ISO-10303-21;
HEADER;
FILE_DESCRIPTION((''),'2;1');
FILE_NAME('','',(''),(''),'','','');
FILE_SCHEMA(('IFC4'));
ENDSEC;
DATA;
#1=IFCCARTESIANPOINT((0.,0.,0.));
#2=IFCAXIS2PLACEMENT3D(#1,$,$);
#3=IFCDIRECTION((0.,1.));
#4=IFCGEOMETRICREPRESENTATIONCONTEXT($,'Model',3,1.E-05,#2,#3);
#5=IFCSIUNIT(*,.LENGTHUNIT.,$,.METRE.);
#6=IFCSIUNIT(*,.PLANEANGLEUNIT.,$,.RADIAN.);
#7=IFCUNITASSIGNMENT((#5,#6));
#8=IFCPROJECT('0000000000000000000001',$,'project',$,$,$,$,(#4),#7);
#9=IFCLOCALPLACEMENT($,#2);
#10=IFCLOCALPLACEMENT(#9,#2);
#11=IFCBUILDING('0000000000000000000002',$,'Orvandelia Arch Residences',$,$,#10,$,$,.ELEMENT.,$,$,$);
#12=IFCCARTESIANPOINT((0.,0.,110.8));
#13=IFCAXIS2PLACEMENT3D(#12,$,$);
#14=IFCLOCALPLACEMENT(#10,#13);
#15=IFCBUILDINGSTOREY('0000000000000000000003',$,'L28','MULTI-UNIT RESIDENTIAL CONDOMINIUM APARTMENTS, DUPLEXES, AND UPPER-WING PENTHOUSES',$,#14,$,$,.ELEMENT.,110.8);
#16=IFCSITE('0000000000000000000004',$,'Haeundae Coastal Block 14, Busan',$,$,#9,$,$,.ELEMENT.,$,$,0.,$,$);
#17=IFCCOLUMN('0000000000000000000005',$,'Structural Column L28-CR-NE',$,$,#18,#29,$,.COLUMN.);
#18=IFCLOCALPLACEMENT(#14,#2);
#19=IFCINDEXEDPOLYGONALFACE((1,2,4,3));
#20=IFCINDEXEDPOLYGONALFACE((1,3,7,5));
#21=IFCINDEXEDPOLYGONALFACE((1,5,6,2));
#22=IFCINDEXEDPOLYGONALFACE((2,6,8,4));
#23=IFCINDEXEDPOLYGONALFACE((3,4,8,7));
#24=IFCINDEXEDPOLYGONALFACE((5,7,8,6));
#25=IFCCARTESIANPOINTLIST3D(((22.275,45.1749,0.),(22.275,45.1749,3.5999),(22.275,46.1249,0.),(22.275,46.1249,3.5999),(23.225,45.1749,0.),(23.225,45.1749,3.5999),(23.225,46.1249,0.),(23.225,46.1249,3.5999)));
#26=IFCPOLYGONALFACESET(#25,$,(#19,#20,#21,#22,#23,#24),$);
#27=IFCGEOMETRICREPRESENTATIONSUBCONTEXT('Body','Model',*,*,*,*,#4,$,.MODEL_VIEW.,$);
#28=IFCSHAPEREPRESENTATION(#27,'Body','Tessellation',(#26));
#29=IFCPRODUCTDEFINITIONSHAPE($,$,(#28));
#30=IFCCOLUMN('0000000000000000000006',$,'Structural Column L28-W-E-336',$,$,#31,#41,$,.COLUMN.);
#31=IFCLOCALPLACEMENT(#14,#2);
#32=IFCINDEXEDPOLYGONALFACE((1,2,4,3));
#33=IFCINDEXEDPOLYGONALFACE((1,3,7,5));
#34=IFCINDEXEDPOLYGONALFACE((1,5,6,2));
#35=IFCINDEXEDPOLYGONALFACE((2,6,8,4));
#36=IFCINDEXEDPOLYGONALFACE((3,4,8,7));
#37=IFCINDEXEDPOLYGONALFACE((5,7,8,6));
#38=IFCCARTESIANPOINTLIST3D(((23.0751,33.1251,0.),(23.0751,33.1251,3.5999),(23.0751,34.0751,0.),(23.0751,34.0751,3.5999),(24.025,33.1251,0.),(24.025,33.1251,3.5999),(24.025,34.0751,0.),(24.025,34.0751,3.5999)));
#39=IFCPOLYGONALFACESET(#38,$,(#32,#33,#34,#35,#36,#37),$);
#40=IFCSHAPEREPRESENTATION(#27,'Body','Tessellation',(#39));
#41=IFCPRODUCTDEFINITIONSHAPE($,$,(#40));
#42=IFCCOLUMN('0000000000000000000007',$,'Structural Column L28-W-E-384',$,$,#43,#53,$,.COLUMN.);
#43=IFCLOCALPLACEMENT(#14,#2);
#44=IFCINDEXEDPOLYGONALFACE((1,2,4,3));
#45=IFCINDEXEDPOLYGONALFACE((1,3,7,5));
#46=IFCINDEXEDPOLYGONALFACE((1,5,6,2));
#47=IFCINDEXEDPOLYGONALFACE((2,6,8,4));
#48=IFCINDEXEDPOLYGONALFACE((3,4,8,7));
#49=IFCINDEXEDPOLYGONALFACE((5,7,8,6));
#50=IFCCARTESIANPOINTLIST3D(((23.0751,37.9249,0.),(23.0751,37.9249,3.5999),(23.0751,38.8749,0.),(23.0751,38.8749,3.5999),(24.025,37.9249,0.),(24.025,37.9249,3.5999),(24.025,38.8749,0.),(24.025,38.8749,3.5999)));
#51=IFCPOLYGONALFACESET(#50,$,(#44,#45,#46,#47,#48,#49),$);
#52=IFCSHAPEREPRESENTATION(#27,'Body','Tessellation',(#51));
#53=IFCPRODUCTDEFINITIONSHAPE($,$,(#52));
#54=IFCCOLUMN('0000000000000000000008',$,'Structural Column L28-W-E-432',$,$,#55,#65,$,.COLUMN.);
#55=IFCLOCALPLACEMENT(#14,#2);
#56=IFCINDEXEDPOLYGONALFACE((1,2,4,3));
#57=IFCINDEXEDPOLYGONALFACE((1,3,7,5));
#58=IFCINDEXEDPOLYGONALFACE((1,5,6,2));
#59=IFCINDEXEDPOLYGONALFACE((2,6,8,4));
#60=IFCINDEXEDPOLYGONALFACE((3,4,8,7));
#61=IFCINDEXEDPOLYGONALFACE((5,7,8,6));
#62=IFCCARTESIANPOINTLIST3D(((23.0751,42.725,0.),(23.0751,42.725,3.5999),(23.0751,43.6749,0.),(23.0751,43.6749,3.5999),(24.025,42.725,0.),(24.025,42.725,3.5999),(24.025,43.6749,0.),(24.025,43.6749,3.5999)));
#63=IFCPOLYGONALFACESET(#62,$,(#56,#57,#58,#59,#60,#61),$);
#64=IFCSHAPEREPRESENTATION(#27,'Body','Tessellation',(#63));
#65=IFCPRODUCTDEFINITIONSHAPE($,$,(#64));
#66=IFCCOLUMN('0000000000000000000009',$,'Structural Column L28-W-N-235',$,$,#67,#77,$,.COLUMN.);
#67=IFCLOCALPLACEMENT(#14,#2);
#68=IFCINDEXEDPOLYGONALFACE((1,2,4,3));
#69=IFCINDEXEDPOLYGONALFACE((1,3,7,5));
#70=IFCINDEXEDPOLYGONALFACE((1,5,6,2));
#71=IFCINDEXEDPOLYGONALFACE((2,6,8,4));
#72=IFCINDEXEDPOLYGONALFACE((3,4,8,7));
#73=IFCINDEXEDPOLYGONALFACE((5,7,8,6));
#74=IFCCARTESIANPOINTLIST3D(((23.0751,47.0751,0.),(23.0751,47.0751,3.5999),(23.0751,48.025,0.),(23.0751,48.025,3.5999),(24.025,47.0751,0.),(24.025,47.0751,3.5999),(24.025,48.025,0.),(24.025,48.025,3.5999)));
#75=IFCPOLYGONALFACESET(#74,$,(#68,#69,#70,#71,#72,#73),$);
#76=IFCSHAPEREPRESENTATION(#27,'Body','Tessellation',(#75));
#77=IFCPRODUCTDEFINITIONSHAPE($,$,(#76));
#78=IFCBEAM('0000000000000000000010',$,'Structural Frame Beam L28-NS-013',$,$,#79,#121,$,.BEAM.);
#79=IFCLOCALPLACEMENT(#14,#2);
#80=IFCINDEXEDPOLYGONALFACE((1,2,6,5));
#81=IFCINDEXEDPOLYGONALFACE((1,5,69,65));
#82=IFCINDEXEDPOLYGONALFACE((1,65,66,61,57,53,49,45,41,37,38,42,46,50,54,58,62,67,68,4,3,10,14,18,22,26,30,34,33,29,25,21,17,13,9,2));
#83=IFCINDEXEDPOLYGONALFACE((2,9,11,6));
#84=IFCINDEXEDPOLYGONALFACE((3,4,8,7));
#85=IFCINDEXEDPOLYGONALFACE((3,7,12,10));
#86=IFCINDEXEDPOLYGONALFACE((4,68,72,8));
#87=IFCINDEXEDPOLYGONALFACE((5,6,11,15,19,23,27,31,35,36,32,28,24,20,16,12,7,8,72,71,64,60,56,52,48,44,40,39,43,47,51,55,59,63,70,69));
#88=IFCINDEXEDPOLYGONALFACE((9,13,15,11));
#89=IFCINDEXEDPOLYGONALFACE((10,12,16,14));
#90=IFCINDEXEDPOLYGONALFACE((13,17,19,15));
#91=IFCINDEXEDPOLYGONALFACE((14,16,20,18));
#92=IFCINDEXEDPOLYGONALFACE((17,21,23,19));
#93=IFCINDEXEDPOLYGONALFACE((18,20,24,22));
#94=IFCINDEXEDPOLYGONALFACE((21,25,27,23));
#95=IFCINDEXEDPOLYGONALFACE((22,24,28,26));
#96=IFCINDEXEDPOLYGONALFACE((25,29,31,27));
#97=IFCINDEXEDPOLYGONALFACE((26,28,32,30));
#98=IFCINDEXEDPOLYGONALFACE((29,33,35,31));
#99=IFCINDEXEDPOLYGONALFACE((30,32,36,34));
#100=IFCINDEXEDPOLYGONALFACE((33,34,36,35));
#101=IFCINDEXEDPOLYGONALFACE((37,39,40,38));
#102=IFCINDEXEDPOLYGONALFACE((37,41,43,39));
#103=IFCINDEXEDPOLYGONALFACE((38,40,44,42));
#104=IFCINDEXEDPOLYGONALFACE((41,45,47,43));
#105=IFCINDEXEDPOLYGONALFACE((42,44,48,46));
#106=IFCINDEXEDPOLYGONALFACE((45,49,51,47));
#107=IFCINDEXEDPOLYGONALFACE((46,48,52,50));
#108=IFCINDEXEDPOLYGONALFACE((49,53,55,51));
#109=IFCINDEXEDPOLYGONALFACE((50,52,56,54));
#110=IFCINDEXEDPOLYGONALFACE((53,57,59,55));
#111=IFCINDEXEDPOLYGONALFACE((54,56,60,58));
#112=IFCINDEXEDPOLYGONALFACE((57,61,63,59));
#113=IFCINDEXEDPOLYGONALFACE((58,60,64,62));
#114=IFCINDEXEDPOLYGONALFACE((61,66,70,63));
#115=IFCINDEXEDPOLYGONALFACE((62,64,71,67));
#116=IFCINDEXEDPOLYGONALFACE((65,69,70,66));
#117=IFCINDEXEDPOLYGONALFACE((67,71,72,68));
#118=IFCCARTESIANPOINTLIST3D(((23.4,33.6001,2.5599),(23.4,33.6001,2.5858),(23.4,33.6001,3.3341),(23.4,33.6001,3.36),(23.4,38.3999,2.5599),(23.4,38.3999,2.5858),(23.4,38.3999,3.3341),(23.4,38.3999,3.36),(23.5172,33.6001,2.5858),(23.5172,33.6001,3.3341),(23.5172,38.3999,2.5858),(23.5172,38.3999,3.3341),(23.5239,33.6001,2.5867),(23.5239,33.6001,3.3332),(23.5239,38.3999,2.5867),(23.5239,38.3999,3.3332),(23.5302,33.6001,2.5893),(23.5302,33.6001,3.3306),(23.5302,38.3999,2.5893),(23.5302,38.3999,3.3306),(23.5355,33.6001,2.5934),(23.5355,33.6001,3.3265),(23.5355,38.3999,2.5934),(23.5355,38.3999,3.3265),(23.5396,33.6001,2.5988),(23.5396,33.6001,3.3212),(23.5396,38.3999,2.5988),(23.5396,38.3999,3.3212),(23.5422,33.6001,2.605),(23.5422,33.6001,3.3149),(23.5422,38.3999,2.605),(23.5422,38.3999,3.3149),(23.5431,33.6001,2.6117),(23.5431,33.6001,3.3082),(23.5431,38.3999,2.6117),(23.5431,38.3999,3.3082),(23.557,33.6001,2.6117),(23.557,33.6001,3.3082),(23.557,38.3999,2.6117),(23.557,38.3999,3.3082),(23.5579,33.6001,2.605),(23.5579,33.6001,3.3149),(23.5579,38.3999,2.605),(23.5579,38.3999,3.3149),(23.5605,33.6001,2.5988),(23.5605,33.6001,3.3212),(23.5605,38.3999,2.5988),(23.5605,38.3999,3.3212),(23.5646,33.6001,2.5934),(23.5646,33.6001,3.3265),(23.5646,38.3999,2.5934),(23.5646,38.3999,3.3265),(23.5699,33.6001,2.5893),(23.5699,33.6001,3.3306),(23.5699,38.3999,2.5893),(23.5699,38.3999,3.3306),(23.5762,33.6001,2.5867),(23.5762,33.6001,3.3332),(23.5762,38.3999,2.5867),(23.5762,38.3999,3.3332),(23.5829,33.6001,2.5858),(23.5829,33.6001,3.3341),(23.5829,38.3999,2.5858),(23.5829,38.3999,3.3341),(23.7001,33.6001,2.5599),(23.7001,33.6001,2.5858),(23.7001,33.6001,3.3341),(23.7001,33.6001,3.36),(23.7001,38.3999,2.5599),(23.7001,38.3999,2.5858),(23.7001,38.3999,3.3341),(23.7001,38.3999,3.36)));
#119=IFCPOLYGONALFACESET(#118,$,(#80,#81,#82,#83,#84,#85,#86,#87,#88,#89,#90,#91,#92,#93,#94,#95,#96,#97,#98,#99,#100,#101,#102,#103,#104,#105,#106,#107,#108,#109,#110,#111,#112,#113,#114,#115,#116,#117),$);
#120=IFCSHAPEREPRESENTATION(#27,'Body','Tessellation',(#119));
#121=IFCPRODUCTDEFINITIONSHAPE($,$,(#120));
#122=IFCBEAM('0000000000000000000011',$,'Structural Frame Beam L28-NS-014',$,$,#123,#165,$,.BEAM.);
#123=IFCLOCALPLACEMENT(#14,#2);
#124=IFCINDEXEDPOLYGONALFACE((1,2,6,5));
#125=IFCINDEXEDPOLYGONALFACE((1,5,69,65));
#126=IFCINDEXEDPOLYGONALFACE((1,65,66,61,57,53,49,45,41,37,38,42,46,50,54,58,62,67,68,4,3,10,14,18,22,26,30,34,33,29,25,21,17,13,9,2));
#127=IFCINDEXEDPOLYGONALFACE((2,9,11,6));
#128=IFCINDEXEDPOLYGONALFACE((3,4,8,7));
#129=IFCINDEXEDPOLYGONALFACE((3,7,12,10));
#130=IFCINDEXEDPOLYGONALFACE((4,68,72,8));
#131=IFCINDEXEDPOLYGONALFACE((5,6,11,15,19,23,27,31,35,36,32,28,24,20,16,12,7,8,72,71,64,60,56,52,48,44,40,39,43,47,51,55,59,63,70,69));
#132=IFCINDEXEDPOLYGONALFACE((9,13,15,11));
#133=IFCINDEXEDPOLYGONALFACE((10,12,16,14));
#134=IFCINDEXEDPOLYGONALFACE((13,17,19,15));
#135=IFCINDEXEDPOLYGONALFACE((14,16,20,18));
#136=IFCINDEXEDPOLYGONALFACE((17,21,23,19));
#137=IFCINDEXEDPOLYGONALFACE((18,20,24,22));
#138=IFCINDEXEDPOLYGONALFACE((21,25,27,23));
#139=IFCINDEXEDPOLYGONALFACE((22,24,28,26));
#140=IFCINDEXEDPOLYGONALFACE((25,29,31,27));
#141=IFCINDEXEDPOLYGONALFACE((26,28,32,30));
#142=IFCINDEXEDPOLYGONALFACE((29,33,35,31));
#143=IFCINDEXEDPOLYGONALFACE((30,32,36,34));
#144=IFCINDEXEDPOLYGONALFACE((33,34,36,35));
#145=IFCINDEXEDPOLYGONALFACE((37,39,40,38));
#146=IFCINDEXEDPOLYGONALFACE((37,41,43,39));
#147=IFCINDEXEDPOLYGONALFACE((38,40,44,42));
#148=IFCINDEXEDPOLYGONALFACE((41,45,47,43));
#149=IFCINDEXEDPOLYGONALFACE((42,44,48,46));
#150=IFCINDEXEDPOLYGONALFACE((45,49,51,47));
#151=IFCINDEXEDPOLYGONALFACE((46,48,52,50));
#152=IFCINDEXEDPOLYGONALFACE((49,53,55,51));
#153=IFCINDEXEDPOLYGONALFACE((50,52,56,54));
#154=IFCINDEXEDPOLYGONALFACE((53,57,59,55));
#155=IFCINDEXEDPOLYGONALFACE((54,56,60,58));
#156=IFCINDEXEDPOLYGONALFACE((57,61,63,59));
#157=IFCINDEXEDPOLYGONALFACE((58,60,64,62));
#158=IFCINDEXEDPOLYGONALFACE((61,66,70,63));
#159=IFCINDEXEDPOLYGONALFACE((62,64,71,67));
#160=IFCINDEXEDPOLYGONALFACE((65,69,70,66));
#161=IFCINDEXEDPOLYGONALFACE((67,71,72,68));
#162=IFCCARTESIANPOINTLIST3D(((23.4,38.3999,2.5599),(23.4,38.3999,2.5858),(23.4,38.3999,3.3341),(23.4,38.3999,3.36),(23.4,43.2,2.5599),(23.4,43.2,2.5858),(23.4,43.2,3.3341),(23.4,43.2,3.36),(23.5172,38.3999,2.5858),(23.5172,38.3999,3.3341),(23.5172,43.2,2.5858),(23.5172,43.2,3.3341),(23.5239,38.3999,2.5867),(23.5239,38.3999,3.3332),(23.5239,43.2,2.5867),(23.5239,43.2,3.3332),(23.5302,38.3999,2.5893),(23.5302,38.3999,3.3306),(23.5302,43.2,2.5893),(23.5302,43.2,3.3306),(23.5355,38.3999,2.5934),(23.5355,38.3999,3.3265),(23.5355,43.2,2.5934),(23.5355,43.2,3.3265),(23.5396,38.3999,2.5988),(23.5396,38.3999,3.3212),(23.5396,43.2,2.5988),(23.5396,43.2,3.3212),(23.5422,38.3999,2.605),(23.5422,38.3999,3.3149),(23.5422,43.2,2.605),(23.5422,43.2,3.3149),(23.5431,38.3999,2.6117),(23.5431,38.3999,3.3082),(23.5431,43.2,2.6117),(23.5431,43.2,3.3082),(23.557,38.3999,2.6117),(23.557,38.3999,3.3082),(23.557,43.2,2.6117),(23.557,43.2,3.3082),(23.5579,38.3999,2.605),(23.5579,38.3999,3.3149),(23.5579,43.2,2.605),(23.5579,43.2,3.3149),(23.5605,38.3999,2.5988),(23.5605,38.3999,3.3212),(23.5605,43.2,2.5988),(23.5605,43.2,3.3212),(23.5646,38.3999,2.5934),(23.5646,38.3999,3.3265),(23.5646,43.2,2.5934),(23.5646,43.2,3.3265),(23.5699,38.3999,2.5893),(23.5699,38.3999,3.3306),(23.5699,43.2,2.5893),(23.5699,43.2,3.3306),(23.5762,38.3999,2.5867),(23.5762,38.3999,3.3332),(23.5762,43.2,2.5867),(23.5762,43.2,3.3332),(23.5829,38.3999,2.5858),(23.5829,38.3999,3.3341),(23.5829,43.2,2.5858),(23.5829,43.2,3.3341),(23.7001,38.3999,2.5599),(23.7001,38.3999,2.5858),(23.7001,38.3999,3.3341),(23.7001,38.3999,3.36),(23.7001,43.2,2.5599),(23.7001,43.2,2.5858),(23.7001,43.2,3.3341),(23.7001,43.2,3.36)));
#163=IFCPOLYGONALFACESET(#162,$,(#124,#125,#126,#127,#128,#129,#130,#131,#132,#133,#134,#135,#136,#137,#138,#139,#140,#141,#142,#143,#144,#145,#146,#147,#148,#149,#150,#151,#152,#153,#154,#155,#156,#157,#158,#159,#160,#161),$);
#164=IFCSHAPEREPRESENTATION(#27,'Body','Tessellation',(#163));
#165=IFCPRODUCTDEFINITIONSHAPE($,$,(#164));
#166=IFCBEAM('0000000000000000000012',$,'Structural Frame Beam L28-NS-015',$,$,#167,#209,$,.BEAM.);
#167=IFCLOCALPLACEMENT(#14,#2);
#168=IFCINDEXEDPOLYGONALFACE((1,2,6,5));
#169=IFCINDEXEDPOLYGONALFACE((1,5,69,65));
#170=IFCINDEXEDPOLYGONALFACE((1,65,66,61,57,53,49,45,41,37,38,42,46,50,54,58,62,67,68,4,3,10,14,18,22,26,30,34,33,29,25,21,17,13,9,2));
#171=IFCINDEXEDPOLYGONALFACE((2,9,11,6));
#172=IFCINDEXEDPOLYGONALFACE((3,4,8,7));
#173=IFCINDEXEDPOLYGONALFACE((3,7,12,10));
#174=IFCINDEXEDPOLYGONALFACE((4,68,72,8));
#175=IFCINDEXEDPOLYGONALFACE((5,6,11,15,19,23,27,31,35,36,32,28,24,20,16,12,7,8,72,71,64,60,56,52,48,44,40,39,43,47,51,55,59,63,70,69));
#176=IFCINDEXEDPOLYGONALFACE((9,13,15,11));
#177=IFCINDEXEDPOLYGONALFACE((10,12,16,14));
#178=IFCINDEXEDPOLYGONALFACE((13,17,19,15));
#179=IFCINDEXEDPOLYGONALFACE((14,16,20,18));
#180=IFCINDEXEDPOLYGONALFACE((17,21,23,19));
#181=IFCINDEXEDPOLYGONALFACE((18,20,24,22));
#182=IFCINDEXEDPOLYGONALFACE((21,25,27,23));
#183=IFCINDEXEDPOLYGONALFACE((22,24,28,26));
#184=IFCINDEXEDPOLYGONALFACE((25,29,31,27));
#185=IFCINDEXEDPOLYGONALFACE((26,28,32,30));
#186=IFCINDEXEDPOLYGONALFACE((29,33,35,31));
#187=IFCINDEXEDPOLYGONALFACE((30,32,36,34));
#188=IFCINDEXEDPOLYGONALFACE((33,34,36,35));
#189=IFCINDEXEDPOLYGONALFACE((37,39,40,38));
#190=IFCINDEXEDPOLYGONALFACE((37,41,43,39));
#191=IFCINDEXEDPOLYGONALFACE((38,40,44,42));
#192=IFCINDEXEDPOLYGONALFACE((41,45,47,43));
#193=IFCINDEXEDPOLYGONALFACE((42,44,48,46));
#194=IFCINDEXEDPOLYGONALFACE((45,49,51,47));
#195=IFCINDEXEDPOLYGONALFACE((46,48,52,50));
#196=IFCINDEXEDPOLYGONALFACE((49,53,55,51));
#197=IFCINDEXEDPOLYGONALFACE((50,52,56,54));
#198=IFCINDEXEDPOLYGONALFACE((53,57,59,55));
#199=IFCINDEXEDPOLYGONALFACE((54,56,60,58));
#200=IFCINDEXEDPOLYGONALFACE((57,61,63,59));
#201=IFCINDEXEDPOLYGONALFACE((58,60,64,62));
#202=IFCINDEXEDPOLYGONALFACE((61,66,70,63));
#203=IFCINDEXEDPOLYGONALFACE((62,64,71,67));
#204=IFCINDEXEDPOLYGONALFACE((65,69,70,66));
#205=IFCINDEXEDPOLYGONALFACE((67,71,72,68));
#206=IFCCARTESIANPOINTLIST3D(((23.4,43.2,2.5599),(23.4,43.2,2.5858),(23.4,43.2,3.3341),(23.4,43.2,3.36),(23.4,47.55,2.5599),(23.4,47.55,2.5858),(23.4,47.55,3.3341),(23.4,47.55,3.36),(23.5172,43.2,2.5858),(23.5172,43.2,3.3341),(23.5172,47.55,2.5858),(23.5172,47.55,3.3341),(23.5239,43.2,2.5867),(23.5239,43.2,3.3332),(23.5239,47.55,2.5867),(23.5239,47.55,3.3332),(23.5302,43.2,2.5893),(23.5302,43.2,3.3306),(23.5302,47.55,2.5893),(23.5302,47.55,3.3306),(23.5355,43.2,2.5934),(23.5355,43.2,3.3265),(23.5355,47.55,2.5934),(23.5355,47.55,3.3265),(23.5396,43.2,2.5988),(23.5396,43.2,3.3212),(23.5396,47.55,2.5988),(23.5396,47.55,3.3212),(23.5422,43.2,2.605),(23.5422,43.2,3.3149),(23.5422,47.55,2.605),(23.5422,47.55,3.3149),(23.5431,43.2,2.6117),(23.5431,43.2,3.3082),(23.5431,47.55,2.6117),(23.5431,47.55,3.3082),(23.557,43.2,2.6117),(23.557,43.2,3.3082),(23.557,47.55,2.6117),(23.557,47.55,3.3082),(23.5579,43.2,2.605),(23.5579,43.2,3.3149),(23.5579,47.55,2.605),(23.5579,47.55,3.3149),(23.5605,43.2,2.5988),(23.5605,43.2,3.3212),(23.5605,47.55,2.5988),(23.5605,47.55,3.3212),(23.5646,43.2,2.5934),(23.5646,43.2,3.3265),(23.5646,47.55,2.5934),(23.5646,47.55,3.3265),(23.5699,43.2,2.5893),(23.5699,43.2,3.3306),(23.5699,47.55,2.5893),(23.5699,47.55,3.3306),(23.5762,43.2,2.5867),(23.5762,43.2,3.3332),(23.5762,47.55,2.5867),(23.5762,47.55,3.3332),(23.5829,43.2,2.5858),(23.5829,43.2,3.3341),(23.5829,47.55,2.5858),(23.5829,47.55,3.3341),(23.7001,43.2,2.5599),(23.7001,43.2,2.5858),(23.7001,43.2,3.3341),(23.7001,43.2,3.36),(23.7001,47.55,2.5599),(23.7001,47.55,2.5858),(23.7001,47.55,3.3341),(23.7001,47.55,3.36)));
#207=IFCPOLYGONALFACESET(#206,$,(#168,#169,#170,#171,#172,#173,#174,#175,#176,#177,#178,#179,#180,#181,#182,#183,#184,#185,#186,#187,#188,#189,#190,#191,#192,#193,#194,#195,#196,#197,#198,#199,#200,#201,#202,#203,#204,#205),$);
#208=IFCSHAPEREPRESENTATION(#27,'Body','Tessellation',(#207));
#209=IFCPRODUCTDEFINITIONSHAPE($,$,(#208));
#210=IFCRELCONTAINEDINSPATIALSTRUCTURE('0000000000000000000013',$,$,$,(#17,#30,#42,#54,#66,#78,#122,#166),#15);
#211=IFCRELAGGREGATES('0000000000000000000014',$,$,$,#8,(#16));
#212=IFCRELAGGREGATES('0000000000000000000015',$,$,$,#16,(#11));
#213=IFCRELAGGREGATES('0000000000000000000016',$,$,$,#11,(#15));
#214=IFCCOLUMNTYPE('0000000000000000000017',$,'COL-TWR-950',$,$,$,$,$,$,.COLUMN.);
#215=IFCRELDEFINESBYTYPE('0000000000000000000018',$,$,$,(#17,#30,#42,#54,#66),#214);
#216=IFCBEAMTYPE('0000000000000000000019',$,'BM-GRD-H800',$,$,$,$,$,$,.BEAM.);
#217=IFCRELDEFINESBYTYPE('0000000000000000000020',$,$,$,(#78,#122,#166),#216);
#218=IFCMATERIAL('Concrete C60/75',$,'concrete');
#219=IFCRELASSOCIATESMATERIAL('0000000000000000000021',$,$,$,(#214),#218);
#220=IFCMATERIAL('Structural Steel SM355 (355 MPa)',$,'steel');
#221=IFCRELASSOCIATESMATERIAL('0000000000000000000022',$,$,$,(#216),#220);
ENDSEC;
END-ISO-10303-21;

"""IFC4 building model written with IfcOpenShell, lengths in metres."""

from ifc_helpers import new_model, si_unit, direction, frame, origin, origin_2d, place, context, subcontext, project, spatial, rectangle, i_section, extrude, material, material_profile, profile_set, type_object, element, save


model = new_model("IFC4")

# Units and contexts
model_context = context("Model", 3, precision=1e-05, world=origin(), true_north=direction((0.0, 1.0)))
body_context = subcontext(model_context, "Body", "Model", "MODEL_VIEW")
ifc_project = project(units=[si_unit("LENGTHUNIT", "METRE"), si_unit("PLANEANGLEUNIT", "RADIAN")], contexts=[model_context])

# Site, building, storey
site_placement = place(None, origin())
site = spatial("IfcSite", under=ifc_project, at=site_placement, Name="Haeundae Coastal Block 14, Busan", CompositionType="ELEMENT", RefElevation=0.0)
building_placement = place(site_placement, origin())
building = spatial("IfcBuilding", under=site, at=building_placement, Name="Orvandelia Arch Residences", CompositionType="ELEMENT")
storey_placement = place(building_placement, frame((0.0, 0.0, 110.8)))
storey = spatial("IfcBuildingStorey", under=building, at=storey_placement, Name="L28", Description="MULTI-UNIT RESIDENTIAL CONDOMINIUM APARTMENTS, DUPLEXES, AND UPPER-WING PENTHOUSES", CompositionType="ELEMENT", Elevation=110.8)

# Columns
ifc_material_1 = material(Name="Concrete C60/75", Category="concrete")
ifc_material_profile_1 = material_profile(ifc_material_1, rectangle(XDim=0.95, YDim=0.95, at=origin_2d()), Name="Concrete C60/75", Category="concrete")
ifc_profile_set_1 = profile_set([ifc_material_profile_1], Name="Concrete C60/75")
column_type = type_object("IfcColumnType", Name="COL-TWR-950", PredefinedType="COLUMN", material=ifc_profile_set_1)
for number, where, z_axis, x_axis, name in (
    (1, (22.75, 45.6499, 0.0), (0.0, 0.0, 1.0), (1.0, 0.0, 0.0), "Structural Column L28-CR-NE"),
    (2, (23.55, 33.6001, 0.0), (0.0, 0.0, 1.0), (1.0, 0.0, 0.0), "Structural Column L28-W-E-336"),
    (3, (23.55, 38.3999, 0.0), (0.0, 0.0, 1.0), (1.0, 0.0, 0.0), "Structural Column L28-W-E-384"),
    (4, (23.55, 43.2, 0.0), (0.0, 0.0, 1.0), (1.0, 0.0, 0.0), "Structural Column L28-W-E-432"),
    (5, (23.55, 47.55, 0.0), (0.0, 0.0, 1.0), (1.0, 0.0, 0.0), "Structural Column L28-W-N-235"),
):
    element("IfcColumn", number, at=place(storey_placement, frame(where, z_axis=z_axis, x_axis=x_axis)), inside=storey, type_object=column_type, Name=name, PredefinedType="COLUMN", context=body_context, shape_type="SweptSolid", body=[
        extrude(rectangle(XDim=0.95, YDim=0.95, at=origin_2d()), origin(), (0.0, 0.0, 1.0), 3.5999),
    ])

# Beams
ifc_material_2 = material(Name="Structural Steel SM355 (355 MPa)", Category="steel")
ifc_material_profile_2 = material_profile(ifc_material_2, i_section(OverallWidth=0.3, OverallDepth=0.8, WebThickness=0.0139, FlangeThickness=0.0259, FilletRadius=0.0259, at=origin_2d()), Name="Structural Steel SM355 (355 MPa)", Category="steel")
ifc_profile_set_2 = profile_set([ifc_material_profile_2], Name="Structural Steel SM355 (355 MPa)")
beam_type = type_object("IfcBeamType", Name="BM-GRD-H800", PredefinedType="BEAM", material=ifc_profile_set_2)
beam_1_placement = place(storey_placement, frame((23.55, 33.6001, 2.96), z_axis=(0.0, 1.0, 0.0), x_axis=(-1.0, 0.0, 0.0)))
element("IfcBeam", 6, at=beam_1_placement, inside=storey, type_object=beam_type, Name="Structural Frame Beam L28-NS-013", PredefinedType="BEAM", context=body_context, shape_type="SweptSolid", body=[
    extrude(i_section(OverallWidth=0.3, OverallDepth=0.8, WebThickness=0.0139, FlangeThickness=0.0259, FilletRadius=0.0259, at=origin_2d()), origin(), (0.0, 0.0, 1.0), 4.7998),
])
beam_2_placement = place(storey_placement, frame((23.55, 38.3999, 2.96), z_axis=(0.0, 1.0, 0.0), x_axis=(-1.0, 0.0, 0.0)))
element("IfcBeam", 7, at=beam_2_placement, inside=storey, type_object=beam_type, Name="Structural Frame Beam L28-NS-014", PredefinedType="BEAM", context=body_context, shape_type="SweptSolid", body=[
    extrude(i_section(OverallWidth=0.3, OverallDepth=0.8, WebThickness=0.0139, FlangeThickness=0.0259, FilletRadius=0.0259, at=origin_2d()), origin(), (0.0, 0.0, 1.0), 4.8),
])
beam_3_placement = place(storey_placement, frame((23.55, 43.2, 2.96), z_axis=(0.0, 1.0, 0.0), x_axis=(-1.0, 0.0, 0.0)))
element("IfcBeam", 8, at=beam_3_placement, inside=storey, type_object=beam_type, Name="Structural Frame Beam L28-NS-015", PredefinedType="BEAM", context=body_context, shape_type="SweptSolid", body=[
    extrude(i_section(OverallWidth=0.3, OverallDepth=0.8, WebThickness=0.0139, FlangeThickness=0.0259, FilletRadius=0.0259, at=origin_2d()), origin(), (0.0, 0.0, 1.0), 4.3501),
])

save(model, "model.ifc")
